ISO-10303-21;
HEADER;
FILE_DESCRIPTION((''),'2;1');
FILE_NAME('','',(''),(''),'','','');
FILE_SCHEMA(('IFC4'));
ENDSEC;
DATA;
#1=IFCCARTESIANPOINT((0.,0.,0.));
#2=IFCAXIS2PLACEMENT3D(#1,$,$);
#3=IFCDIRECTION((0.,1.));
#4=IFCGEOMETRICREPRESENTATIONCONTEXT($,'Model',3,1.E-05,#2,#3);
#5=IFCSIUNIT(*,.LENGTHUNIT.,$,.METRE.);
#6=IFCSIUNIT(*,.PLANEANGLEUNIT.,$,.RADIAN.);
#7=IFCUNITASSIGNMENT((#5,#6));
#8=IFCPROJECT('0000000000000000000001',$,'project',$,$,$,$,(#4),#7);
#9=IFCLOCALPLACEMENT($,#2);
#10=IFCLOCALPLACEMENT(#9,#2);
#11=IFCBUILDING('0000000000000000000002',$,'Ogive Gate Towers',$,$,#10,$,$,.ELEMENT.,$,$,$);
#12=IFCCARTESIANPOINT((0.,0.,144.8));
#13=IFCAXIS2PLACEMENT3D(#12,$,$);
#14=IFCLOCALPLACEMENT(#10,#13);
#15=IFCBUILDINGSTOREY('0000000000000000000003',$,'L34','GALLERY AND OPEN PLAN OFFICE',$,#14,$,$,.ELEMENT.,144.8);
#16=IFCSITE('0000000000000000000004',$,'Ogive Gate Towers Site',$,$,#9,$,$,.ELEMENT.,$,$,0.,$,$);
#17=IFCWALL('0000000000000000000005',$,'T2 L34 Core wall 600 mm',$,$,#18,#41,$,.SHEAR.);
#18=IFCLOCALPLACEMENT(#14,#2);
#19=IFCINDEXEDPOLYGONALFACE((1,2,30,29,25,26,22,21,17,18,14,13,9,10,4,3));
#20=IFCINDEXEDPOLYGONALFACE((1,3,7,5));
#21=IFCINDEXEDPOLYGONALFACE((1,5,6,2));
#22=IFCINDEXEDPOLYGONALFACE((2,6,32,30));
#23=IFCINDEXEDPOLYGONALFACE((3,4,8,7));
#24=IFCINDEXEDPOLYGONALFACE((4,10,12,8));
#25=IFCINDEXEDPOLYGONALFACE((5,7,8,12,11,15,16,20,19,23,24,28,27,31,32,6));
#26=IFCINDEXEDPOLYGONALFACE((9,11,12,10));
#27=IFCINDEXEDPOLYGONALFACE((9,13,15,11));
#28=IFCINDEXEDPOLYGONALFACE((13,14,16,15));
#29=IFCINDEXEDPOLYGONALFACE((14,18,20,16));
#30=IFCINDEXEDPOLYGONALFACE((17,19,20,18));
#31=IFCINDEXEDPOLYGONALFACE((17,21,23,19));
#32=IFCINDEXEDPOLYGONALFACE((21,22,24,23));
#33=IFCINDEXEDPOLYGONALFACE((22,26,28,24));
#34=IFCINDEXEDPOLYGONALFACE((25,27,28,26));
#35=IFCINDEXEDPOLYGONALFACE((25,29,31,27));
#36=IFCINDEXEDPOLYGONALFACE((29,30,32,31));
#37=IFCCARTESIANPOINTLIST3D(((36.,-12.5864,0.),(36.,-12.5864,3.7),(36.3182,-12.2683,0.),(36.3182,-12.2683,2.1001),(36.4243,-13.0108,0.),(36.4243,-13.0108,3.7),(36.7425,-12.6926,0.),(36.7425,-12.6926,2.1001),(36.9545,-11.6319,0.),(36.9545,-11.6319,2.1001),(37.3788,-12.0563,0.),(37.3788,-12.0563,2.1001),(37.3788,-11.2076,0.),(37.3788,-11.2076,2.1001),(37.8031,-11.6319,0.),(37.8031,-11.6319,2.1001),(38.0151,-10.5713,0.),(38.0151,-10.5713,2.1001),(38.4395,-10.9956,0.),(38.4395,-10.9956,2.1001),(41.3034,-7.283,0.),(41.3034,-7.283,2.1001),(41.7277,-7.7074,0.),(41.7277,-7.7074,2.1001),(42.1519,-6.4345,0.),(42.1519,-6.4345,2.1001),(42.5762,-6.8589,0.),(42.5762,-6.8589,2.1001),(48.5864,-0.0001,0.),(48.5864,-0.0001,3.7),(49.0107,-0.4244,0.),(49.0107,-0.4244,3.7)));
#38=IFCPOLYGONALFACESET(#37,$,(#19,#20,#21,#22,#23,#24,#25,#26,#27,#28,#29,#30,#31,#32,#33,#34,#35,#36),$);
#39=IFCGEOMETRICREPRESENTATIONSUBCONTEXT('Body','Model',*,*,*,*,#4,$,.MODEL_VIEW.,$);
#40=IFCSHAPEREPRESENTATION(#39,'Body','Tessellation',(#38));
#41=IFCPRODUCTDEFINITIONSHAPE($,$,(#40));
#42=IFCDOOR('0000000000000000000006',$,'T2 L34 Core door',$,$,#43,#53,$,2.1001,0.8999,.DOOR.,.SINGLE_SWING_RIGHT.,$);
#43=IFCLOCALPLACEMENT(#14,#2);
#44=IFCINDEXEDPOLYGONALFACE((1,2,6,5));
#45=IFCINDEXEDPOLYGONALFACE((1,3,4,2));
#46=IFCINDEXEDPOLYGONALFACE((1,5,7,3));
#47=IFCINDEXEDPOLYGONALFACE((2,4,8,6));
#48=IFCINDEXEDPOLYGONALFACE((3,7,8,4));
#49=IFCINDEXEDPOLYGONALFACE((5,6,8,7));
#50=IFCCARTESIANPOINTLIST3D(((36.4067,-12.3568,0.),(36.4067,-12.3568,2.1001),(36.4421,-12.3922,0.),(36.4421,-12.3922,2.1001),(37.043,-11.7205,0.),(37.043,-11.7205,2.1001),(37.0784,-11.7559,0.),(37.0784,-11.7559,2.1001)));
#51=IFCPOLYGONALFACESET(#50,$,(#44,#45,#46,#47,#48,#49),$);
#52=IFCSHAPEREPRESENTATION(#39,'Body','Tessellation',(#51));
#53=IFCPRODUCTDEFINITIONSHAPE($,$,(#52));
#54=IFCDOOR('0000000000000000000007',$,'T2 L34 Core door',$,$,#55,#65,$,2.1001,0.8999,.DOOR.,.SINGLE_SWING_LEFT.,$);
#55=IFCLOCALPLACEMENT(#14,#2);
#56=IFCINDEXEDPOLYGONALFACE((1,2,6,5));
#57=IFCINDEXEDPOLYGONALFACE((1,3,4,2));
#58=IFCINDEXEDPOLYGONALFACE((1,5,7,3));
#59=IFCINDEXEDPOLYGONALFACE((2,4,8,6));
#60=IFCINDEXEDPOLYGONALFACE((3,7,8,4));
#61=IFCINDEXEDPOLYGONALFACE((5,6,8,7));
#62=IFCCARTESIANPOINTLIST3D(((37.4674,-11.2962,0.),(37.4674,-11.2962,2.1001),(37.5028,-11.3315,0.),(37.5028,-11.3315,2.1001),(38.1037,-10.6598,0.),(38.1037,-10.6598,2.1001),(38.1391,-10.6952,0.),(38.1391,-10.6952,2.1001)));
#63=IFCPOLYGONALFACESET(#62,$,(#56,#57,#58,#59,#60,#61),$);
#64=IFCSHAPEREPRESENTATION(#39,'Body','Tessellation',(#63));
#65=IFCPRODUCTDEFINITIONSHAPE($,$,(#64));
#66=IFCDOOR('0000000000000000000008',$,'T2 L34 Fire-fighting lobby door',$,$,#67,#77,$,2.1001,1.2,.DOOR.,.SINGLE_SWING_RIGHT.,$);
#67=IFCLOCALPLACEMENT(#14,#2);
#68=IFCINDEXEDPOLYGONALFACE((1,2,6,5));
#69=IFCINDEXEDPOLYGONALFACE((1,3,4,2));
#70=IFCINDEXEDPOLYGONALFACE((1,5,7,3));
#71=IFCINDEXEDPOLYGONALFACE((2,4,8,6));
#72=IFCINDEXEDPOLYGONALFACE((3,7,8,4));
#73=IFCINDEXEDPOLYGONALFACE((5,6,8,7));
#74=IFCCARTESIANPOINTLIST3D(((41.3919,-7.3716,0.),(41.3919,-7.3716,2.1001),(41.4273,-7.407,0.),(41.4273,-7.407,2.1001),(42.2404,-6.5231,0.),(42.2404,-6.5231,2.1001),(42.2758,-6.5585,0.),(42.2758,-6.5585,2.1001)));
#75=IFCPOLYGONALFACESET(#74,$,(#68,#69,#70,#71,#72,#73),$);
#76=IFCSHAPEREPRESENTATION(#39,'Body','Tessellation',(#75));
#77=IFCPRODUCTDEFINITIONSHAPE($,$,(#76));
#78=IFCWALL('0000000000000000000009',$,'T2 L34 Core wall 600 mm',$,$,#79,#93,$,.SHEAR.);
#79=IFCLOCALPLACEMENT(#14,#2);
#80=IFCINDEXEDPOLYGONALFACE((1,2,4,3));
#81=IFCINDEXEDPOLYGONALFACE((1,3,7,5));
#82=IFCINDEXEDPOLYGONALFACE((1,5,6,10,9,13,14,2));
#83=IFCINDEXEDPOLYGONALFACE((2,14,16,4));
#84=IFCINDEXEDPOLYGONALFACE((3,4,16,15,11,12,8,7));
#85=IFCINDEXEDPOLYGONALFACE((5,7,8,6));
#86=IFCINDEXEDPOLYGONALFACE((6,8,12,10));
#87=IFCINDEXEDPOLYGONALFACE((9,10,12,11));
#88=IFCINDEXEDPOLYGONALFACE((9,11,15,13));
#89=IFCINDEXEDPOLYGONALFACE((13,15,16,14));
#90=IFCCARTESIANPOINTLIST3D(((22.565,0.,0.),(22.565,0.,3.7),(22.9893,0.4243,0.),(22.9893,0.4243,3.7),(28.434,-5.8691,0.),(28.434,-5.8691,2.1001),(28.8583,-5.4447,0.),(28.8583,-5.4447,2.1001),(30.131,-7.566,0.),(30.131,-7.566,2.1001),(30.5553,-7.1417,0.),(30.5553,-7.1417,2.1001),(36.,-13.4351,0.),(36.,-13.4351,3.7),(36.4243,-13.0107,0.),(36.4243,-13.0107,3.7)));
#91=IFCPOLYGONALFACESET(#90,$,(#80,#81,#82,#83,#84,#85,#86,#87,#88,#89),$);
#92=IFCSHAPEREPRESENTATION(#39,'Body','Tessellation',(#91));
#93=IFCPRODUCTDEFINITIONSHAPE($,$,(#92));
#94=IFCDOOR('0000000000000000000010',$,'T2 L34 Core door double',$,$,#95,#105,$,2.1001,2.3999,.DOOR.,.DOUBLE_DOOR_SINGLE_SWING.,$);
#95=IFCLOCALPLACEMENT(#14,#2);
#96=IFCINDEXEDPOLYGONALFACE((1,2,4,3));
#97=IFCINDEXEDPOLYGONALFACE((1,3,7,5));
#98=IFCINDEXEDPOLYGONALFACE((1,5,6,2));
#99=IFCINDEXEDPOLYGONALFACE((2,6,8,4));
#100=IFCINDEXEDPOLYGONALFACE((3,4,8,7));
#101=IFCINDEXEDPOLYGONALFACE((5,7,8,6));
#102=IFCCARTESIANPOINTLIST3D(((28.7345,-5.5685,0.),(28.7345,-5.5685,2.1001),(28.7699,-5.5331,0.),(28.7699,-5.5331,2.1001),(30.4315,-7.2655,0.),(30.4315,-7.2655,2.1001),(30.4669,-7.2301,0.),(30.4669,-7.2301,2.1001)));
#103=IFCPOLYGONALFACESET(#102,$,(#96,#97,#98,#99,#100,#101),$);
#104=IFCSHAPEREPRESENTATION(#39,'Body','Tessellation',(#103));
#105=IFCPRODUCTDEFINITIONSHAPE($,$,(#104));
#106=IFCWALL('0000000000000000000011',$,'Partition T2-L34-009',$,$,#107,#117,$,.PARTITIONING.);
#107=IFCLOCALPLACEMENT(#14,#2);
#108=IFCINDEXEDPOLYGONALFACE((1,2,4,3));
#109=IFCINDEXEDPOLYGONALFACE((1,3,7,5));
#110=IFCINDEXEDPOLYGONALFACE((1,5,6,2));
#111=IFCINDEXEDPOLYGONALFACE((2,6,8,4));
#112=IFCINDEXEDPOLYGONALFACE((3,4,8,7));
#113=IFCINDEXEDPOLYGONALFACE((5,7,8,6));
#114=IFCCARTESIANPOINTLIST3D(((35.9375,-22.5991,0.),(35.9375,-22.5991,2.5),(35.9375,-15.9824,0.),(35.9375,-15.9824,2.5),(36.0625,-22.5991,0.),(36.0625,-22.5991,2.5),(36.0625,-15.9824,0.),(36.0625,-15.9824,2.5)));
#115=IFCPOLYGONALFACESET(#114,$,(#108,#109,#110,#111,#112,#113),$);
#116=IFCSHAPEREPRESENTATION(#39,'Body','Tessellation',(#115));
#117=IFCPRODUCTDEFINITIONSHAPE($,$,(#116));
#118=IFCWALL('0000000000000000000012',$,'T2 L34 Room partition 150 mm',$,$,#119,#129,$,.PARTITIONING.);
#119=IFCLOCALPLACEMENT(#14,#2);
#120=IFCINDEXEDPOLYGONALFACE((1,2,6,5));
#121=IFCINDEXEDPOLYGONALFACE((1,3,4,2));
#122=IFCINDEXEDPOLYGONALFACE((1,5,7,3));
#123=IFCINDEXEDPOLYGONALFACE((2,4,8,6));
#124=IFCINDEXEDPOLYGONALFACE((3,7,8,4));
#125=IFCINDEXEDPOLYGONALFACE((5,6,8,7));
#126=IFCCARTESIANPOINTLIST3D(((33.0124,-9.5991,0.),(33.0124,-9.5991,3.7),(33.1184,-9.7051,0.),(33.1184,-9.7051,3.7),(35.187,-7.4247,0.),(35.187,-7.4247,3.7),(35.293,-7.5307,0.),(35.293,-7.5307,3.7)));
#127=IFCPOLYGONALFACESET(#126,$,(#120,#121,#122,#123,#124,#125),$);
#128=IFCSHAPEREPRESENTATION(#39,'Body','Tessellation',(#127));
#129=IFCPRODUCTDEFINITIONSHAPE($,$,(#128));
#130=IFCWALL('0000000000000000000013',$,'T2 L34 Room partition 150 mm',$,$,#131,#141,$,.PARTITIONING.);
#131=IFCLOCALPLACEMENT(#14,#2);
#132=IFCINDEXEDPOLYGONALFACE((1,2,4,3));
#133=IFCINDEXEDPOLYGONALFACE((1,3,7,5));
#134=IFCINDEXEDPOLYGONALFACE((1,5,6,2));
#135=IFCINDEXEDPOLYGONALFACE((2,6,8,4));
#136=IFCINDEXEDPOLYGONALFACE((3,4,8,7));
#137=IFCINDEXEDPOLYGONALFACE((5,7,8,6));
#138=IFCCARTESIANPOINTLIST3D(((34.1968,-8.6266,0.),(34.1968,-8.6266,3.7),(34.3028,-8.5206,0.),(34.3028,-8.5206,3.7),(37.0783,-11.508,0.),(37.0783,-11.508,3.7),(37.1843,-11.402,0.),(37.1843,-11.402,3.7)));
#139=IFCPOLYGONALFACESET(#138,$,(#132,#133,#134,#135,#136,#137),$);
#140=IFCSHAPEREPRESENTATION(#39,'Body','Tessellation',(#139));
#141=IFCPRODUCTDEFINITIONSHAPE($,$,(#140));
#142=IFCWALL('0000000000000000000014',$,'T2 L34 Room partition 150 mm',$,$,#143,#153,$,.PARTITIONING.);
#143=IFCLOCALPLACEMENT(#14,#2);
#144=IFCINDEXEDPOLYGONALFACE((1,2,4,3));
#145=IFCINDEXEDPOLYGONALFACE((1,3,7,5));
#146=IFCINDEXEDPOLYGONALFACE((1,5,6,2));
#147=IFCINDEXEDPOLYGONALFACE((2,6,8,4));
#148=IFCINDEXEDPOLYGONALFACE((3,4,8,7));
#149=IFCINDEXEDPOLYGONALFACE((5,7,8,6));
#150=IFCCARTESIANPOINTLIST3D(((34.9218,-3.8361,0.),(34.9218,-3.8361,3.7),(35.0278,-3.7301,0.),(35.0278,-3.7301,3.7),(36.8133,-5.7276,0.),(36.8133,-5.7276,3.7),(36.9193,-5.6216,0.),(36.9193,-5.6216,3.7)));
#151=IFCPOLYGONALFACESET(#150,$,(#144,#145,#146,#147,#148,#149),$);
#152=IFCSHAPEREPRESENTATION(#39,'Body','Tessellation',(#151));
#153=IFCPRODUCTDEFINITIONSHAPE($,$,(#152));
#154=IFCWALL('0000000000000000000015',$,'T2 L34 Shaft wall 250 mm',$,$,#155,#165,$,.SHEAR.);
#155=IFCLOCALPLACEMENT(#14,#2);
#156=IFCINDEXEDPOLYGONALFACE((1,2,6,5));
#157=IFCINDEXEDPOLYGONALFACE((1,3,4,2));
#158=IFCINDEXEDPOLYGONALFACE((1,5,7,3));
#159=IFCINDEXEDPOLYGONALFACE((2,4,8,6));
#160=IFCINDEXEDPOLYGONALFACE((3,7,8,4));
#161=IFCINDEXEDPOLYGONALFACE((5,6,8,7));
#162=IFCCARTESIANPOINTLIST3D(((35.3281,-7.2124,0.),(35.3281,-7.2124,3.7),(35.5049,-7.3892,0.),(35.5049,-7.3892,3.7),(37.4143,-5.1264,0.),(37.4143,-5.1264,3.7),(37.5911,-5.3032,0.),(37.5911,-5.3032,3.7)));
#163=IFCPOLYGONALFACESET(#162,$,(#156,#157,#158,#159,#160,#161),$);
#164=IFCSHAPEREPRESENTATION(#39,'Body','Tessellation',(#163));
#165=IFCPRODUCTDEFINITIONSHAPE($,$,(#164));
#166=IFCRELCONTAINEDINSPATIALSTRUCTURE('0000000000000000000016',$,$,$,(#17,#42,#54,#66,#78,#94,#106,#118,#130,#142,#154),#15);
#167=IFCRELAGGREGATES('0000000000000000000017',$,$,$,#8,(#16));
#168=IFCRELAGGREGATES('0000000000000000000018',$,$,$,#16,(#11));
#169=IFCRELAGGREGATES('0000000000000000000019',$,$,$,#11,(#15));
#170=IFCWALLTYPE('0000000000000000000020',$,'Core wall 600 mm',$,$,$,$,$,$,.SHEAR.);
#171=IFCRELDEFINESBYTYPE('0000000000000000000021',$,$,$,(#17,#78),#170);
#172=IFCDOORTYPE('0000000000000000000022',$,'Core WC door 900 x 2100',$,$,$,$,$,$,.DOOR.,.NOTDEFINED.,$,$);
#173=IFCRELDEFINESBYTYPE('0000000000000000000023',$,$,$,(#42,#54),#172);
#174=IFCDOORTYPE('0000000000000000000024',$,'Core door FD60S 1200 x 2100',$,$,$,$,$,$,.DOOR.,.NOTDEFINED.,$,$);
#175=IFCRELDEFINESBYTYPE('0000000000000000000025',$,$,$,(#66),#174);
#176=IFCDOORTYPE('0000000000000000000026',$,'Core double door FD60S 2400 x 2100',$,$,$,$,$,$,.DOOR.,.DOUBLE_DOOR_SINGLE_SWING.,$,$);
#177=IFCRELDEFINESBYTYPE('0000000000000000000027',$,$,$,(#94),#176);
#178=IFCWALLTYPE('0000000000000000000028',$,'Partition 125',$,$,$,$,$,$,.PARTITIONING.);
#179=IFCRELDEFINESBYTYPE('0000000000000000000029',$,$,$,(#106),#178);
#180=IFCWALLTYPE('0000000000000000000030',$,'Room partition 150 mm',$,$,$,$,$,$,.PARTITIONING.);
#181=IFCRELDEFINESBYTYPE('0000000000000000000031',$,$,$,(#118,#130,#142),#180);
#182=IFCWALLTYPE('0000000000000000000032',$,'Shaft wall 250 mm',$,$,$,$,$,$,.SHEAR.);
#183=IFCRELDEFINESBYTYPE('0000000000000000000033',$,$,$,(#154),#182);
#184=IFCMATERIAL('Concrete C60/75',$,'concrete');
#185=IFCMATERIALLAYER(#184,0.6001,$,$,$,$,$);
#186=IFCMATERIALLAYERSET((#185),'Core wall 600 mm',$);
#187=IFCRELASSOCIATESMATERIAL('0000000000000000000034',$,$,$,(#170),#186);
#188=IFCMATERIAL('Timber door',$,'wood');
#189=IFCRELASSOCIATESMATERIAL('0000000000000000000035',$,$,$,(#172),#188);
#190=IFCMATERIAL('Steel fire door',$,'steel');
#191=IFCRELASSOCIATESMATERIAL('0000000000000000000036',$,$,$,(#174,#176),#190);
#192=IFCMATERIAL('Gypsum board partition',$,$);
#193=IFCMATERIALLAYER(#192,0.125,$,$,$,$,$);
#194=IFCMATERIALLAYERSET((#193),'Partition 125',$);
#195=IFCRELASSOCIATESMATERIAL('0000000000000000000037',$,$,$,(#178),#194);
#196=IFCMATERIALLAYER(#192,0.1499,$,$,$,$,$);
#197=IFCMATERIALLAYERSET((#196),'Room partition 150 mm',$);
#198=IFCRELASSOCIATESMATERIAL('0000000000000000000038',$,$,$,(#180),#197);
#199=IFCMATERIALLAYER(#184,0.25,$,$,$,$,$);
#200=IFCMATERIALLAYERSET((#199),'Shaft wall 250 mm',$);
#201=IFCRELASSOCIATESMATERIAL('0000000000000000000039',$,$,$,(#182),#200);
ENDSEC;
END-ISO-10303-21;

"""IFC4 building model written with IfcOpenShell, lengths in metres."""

from ifc_helpers import new_model, si_unit, direction, frame, frame_2d, origin, place, context, subcontext, project, spatial, rectangle, extrude, material, layer, layer_set, type_object, element, fill, save


model = new_model("IFC4")

# Units and contexts
model_context = context("Model", 3, precision=1e-05, world=origin(), true_north=direction((0.0, 1.0)))
body_context = subcontext(model_context, "Body", "Model", "MODEL_VIEW")
ifc_project = project(units=[si_unit("LENGTHUNIT", "METRE"), si_unit("PLANEANGLEUNIT", "RADIAN")], contexts=[model_context])

# Site, building, storey
site_placement = place(None, origin())
site = spatial("IfcSite", under=ifc_project, at=site_placement, Name="Ogive Gate Towers Site", CompositionType="ELEMENT", RefElevation=0.0)
building_placement = place(site_placement, origin())
building = spatial("IfcBuilding", under=site, at=building_placement, Name="Ogive Gate Towers", CompositionType="ELEMENT")
storey_placement = place(building_placement, frame((0.0, 0.0, 144.8)))
storey = spatial("IfcBuildingStorey", under=building, at=storey_placement, Name="L34", Description="GALLERY AND OPEN PLAN OFFICE", CompositionType="ELEMENT", Elevation=144.8)

# Wall, openings, doors
ifc_material_1 = material(Name="Concrete C60/75", Category="concrete")
ifc_layer_1 = layer(ifc_material_1, 0.6001)
ifc_layer_set_1 = layer_set([ifc_layer_1], Name="Core wall 600 mm")
wall_type_1 = type_object("IfcWallType", Name="Core wall 600 mm", PredefinedType="SHEAR", material=ifc_layer_set_1)
wall_1_placement = place(storey_placement, frame((36.2122, -12.7986, 0.0), z_axis=(0.0, 0.0, 1.0), x_axis=(0.707107, 0.707107, 0.0)))
wall_1 = element("IfcWall", 1, at=wall_1_placement, inside=storey, type_object=wall_type_1, Name="T2 L34 Core wall 600 mm", PredefinedType="SHEAR", context=body_context, shape_type="SweptSolid", body=[
    extrude(rectangle(XDim=17.7998, YDim=0.6001, at=frame_2d((8.8999, 0.0))), origin(), (0.0, 0.0, 1.0), 3.7),
])
opening_1_placement = place(wall_1_placement, frame((7.5, 0.0, 0.0)))
opening_1 = element("IfcOpeningElement", 2, at=opening_1_placement, cuts=wall_1, PredefinedType="OPENING", context=body_context, shape_type="SweptSolid", body=[
    extrude(rectangle(XDim=1.2, YDim=2.1001, at=frame_2d((0.6001, 1.05))), frame((0.0, 0.3101, 0.0), z_axis=(0.0, -1.0, 0.0), x_axis=(1.0, 0.0, 0.0)), (0.0, 0.0, 1.0), 0.6201),
])
opening_2_placement = place(wall_1_placement, frame((0.45, 0.0, 0.0)))
opening_2 = element("IfcOpeningElement", 3, at=opening_2_placement, cuts=wall_1, PredefinedType="OPENING", context=body_context, shape_type="SweptSolid", body=[
    extrude(rectangle(XDim=0.8999, YDim=2.1001, at=frame_2d((0.45, 1.05))), frame((0.0, 0.3101, 0.0), z_axis=(0.0, -1.0, 0.0), x_axis=(1.0, 0.0, 0.0)), (0.0, 0.0, 1.0), 0.6201),
])
opening_3_placement = place(wall_1_placement, frame((1.95, 0.0, 0.0)))
opening_3 = element("IfcOpeningElement", 4, at=opening_3_placement, cuts=wall_1, PredefinedType="OPENING", context=body_context, shape_type="SweptSolid", body=[
    extrude(rectangle(XDim=0.8999, YDim=2.1001, at=frame_2d((0.45, 1.05))), frame((0.0, 0.3101, 0.0), z_axis=(0.0, -1.0, 0.0), x_axis=(1.0, 0.0, 0.0)), (0.0, 0.0, 1.0), 0.6201),
])
ifc_material_2 = material(Name="Timber door", Category="wood")
door_type_1 = type_object("IfcDoorType", Name="Core WC door 900 x 2100", OperationType="NOTDEFINED", PredefinedType="DOOR", material=ifc_material_2)
door_1_placement = place(opening_2_placement, origin())
door_1 = element("IfcDoor", 5, at=door_1_placement, inside=storey, type_object=door_type_1, Name="T2 L34 Core door", OperationType="SINGLE_SWING_RIGHT", OverallHeight=2.1001, OverallWidth=0.8999, PredefinedType="DOOR", context=body_context, shape_type="SweptSolid", body=[
    extrude(rectangle(XDim=0.8999, YDim=2.1001, at=frame_2d((0.45, 1.05))), frame((0.0, 0.1748, 0.0), z_axis=(0.0, -1.0, 0.0), x_axis=(1.0, 0.0, 0.0)), (0.0, 0.0, 1.0), 0.05),
])
fill(opening_2, door_1)
door_2_placement = place(opening_3_placement, origin())
door_2 = element("IfcDoor", 6, at=door_2_placement, inside=storey, type_object=door_type_1, Name="T2 L34 Core door", OperationType="SINGLE_SWING_LEFT", OverallHeight=2.1001, OverallWidth=0.8999, PredefinedType="DOOR", context=body_context, shape_type="SweptSolid", body=[
    extrude(rectangle(XDim=0.8999, YDim=2.1001, at=frame_2d((0.45, 1.05))), frame((0.0, 0.1748, 0.0), z_axis=(0.0, -1.0, 0.0), x_axis=(1.0, 0.0, 0.0)), (0.0, 0.0, 1.0), 0.05),
])
fill(opening_3, door_2)
ifc_material_3 = material(Name="Steel fire door", Category="steel")
door_type_2 = type_object("IfcDoorType", Name="Core door FD60S 1200 x 2100", OperationType="NOTDEFINED", PredefinedType="DOOR", material=ifc_material_3)
door_3_placement = place(opening_1_placement, origin())
door_3 = element("IfcDoor", 7, at=door_3_placement, inside=storey, type_object=door_type_2, Name="T2 L34 Fire-fighting lobby door", OperationType="SINGLE_SWING_RIGHT", OverallHeight=2.1001, OverallWidth=1.2, PredefinedType="DOOR", context=body_context, shape_type="SweptSolid", body=[
    extrude(rectangle(XDim=1.2, YDim=2.1001, at=frame_2d((0.6001, 1.05))), frame((0.0, 0.1748, 0.0), z_axis=(0.0, -1.0, 0.0), x_axis=(1.0, 0.0, 0.0)), (0.0, 0.0, 1.0), 0.05),
])
fill(opening_1, door_3)

# Wall, opening, door
wall_2_placement = place(storey_placement, frame((36.2122, -13.2229, 0.0), z_axis=(0.0, 0.0, 1.0), x_axis=(-0.707107, 0.707107, 0.0)))
wall_2 = element("IfcWall", 8, at=wall_2_placement, inside=storey, type_object=wall_type_1, Name="T2 L34 Core wall 600 mm", PredefinedType="SHEAR", context=body_context, shape_type="SweptSolid", body=[
    extrude(rectangle(XDim=19.0, YDim=0.6001, at=frame_2d((9.5, 0.0))), origin(), (0.0, 0.0, 1.0), 3.7),
])
opening_4_placement = place(wall_2_placement, frame((8.3, 0.0, 0.0)))
opening_4 = element("IfcOpeningElement", 9, at=opening_4_placement, cuts=wall_2, PredefinedType="OPENING", context=body_context, shape_type="SweptSolid", body=[
    extrude(rectangle(XDim=2.3999, YDim=2.1001, at=frame_2d((1.2, 1.05))), frame((0.0, 0.3101, 0.0), z_axis=(0.0, -1.0, 0.0), x_axis=(1.0, 0.0, 0.0)), (0.0, 0.0, 1.0), 0.6201),
])
door_type_3 = type_object("IfcDoorType", Name="Core double door FD60S 2400 x 2100", OperationType="DOUBLE_DOOR_SINGLE_SWING", PredefinedType="DOOR", material=ifc_material_3)
door_4_placement = place(opening_4_placement, origin())
door_4 = element("IfcDoor", 10, at=door_4_placement, inside=storey, type_object=door_type_3, Name="T2 L34 Core door double", OperationType="DOUBLE_DOOR_SINGLE_SWING", OverallHeight=2.1001, OverallWidth=2.3999, PredefinedType="DOOR", context=body_context, shape_type="SweptSolid", body=[
    extrude(rectangle(XDim=2.3999, YDim=2.1001, at=frame_2d((1.2, 1.05))), frame((0.0, -0.125, 0.0), z_axis=(0.0, -1.0, 0.0), x_axis=(1.0, 0.0, 0.0)), (0.0, 0.0, 1.0), 0.05),
])
fill(opening_4, door_4)

# Walls
ifc_material_4 = material(Name="Gypsum board partition")
ifc_layer_2 = layer(ifc_material_4, 0.125)
ifc_layer_set_2 = layer_set([ifc_layer_2], Name="Partition 125")
wall_type_2 = type_object("IfcWallType", Name="Partition 125", PredefinedType="PARTITIONING", material=ifc_layer_set_2)
wall_3_placement = place(storey_placement, frame((36.0, -22.5991, 0.0), z_axis=(0.0, 0.0, 1.0), x_axis=(0.0, 1.0, 0.0)))
element("IfcWall", 11, at=wall_3_placement, inside=storey, type_object=wall_type_2, Name="Partition T2-L34-009", PredefinedType="PARTITIONING", context=body_context, shape_type="SweptSolid", body=[
    extrude(rectangle(XDim=6.6167, YDim=0.125, at=frame_2d((3.3083, 0.0))), origin(), (0.0, 0.0, 1.0), 2.5),
])
ifc_layer_3 = layer(ifc_material_4, 0.1499)
ifc_layer_set_3 = layer_set([ifc_layer_3], Name="Room partition 150 mm")
wall_type_3 = type_object("IfcWallType", Name="Room partition 150 mm", PredefinedType="PARTITIONING", material=ifc_layer_set_3)
wall_4_placement = place(storey_placement, frame((33.0654, -9.6521, 0.0), z_axis=(0.0, 0.0, 1.0), x_axis=(0.707146, 0.707067, 0.0)))
element("IfcWall", 12, at=wall_4_placement, inside=storey, type_object=wall_type_3, Name="T2 L34 Room partition 150 mm", PredefinedType="PARTITIONING", context=body_context, shape_type="SweptSolid", body=[
    extrude(rectangle(XDim=3.0752, YDim=0.1499, at=frame_2d((1.5376, 0.0))), origin(), (0.0, 0.0, 1.0), 3.7),
])
wall_5_placement = place(storey_placement, frame((37.1313, -11.4551, 0.0), z_axis=(0.0, 0.0, 1.0), x_axis=(-0.707107, 0.707107, 0.0)))
element("IfcWall", 13, at=wall_5_placement, inside=storey, type_object=wall_type_3, Name="T2 L34 Room partition 150 mm", PredefinedType="PARTITIONING", context=body_context, shape_type="SweptSolid", body=[
    extrude(rectangle(XDim=4.075, YDim=0.1499, at=frame_2d((2.0376, 0.0))), origin(), (0.0, 0.0, 1.0), 3.7),
])
wall_6_placement = place(storey_placement, frame((36.8662, -5.6746, 0.0), z_axis=(0.0, 0.0, 1.0), x_axis=(-0.707107, 0.707107, 0.0)))
element("IfcWall", 14, at=wall_6_placement, inside=storey, type_object=wall_type_3, Name="T2 L34 Room partition 150 mm", PredefinedType="PARTITIONING", context=body_context, shape_type="SweptSolid", body=[
    extrude(rectangle(XDim=2.675, YDim=0.1499, at=frame_2d((1.3374, 0.0))), origin(), (0.0, 0.0, 1.0), 3.7),
])
ifc_layer_4 = layer(ifc_material_1, 0.25)
ifc_layer_set_4 = layer_set([ifc_layer_4], Name="Shaft wall 250 mm")
wall_type_4 = type_object("IfcWallType", Name="Shaft wall 250 mm", PredefinedType="SHEAR", material=ifc_layer_set_4)
wall_7_placement = place(storey_placement, frame((35.4165, -7.3008, 0.0), z_axis=(0.0, 0.0, 1.0), x_axis=(0.707148, 0.707065, 0.0)))
element("IfcWall", 15, at=wall_7_placement, inside=storey, type_object=wall_type_4, Name="T2 L34 Shaft wall 250 mm", PredefinedType="SHEAR", context=body_context, shape_type="SweptSolid", body=[
    extrude(rectangle(XDim=2.9502, YDim=0.25, at=frame_2d((1.4751, 0.0))), origin(), (0.0, 0.0, 1.0), 3.7),
])

save(model, "model.ifc")
